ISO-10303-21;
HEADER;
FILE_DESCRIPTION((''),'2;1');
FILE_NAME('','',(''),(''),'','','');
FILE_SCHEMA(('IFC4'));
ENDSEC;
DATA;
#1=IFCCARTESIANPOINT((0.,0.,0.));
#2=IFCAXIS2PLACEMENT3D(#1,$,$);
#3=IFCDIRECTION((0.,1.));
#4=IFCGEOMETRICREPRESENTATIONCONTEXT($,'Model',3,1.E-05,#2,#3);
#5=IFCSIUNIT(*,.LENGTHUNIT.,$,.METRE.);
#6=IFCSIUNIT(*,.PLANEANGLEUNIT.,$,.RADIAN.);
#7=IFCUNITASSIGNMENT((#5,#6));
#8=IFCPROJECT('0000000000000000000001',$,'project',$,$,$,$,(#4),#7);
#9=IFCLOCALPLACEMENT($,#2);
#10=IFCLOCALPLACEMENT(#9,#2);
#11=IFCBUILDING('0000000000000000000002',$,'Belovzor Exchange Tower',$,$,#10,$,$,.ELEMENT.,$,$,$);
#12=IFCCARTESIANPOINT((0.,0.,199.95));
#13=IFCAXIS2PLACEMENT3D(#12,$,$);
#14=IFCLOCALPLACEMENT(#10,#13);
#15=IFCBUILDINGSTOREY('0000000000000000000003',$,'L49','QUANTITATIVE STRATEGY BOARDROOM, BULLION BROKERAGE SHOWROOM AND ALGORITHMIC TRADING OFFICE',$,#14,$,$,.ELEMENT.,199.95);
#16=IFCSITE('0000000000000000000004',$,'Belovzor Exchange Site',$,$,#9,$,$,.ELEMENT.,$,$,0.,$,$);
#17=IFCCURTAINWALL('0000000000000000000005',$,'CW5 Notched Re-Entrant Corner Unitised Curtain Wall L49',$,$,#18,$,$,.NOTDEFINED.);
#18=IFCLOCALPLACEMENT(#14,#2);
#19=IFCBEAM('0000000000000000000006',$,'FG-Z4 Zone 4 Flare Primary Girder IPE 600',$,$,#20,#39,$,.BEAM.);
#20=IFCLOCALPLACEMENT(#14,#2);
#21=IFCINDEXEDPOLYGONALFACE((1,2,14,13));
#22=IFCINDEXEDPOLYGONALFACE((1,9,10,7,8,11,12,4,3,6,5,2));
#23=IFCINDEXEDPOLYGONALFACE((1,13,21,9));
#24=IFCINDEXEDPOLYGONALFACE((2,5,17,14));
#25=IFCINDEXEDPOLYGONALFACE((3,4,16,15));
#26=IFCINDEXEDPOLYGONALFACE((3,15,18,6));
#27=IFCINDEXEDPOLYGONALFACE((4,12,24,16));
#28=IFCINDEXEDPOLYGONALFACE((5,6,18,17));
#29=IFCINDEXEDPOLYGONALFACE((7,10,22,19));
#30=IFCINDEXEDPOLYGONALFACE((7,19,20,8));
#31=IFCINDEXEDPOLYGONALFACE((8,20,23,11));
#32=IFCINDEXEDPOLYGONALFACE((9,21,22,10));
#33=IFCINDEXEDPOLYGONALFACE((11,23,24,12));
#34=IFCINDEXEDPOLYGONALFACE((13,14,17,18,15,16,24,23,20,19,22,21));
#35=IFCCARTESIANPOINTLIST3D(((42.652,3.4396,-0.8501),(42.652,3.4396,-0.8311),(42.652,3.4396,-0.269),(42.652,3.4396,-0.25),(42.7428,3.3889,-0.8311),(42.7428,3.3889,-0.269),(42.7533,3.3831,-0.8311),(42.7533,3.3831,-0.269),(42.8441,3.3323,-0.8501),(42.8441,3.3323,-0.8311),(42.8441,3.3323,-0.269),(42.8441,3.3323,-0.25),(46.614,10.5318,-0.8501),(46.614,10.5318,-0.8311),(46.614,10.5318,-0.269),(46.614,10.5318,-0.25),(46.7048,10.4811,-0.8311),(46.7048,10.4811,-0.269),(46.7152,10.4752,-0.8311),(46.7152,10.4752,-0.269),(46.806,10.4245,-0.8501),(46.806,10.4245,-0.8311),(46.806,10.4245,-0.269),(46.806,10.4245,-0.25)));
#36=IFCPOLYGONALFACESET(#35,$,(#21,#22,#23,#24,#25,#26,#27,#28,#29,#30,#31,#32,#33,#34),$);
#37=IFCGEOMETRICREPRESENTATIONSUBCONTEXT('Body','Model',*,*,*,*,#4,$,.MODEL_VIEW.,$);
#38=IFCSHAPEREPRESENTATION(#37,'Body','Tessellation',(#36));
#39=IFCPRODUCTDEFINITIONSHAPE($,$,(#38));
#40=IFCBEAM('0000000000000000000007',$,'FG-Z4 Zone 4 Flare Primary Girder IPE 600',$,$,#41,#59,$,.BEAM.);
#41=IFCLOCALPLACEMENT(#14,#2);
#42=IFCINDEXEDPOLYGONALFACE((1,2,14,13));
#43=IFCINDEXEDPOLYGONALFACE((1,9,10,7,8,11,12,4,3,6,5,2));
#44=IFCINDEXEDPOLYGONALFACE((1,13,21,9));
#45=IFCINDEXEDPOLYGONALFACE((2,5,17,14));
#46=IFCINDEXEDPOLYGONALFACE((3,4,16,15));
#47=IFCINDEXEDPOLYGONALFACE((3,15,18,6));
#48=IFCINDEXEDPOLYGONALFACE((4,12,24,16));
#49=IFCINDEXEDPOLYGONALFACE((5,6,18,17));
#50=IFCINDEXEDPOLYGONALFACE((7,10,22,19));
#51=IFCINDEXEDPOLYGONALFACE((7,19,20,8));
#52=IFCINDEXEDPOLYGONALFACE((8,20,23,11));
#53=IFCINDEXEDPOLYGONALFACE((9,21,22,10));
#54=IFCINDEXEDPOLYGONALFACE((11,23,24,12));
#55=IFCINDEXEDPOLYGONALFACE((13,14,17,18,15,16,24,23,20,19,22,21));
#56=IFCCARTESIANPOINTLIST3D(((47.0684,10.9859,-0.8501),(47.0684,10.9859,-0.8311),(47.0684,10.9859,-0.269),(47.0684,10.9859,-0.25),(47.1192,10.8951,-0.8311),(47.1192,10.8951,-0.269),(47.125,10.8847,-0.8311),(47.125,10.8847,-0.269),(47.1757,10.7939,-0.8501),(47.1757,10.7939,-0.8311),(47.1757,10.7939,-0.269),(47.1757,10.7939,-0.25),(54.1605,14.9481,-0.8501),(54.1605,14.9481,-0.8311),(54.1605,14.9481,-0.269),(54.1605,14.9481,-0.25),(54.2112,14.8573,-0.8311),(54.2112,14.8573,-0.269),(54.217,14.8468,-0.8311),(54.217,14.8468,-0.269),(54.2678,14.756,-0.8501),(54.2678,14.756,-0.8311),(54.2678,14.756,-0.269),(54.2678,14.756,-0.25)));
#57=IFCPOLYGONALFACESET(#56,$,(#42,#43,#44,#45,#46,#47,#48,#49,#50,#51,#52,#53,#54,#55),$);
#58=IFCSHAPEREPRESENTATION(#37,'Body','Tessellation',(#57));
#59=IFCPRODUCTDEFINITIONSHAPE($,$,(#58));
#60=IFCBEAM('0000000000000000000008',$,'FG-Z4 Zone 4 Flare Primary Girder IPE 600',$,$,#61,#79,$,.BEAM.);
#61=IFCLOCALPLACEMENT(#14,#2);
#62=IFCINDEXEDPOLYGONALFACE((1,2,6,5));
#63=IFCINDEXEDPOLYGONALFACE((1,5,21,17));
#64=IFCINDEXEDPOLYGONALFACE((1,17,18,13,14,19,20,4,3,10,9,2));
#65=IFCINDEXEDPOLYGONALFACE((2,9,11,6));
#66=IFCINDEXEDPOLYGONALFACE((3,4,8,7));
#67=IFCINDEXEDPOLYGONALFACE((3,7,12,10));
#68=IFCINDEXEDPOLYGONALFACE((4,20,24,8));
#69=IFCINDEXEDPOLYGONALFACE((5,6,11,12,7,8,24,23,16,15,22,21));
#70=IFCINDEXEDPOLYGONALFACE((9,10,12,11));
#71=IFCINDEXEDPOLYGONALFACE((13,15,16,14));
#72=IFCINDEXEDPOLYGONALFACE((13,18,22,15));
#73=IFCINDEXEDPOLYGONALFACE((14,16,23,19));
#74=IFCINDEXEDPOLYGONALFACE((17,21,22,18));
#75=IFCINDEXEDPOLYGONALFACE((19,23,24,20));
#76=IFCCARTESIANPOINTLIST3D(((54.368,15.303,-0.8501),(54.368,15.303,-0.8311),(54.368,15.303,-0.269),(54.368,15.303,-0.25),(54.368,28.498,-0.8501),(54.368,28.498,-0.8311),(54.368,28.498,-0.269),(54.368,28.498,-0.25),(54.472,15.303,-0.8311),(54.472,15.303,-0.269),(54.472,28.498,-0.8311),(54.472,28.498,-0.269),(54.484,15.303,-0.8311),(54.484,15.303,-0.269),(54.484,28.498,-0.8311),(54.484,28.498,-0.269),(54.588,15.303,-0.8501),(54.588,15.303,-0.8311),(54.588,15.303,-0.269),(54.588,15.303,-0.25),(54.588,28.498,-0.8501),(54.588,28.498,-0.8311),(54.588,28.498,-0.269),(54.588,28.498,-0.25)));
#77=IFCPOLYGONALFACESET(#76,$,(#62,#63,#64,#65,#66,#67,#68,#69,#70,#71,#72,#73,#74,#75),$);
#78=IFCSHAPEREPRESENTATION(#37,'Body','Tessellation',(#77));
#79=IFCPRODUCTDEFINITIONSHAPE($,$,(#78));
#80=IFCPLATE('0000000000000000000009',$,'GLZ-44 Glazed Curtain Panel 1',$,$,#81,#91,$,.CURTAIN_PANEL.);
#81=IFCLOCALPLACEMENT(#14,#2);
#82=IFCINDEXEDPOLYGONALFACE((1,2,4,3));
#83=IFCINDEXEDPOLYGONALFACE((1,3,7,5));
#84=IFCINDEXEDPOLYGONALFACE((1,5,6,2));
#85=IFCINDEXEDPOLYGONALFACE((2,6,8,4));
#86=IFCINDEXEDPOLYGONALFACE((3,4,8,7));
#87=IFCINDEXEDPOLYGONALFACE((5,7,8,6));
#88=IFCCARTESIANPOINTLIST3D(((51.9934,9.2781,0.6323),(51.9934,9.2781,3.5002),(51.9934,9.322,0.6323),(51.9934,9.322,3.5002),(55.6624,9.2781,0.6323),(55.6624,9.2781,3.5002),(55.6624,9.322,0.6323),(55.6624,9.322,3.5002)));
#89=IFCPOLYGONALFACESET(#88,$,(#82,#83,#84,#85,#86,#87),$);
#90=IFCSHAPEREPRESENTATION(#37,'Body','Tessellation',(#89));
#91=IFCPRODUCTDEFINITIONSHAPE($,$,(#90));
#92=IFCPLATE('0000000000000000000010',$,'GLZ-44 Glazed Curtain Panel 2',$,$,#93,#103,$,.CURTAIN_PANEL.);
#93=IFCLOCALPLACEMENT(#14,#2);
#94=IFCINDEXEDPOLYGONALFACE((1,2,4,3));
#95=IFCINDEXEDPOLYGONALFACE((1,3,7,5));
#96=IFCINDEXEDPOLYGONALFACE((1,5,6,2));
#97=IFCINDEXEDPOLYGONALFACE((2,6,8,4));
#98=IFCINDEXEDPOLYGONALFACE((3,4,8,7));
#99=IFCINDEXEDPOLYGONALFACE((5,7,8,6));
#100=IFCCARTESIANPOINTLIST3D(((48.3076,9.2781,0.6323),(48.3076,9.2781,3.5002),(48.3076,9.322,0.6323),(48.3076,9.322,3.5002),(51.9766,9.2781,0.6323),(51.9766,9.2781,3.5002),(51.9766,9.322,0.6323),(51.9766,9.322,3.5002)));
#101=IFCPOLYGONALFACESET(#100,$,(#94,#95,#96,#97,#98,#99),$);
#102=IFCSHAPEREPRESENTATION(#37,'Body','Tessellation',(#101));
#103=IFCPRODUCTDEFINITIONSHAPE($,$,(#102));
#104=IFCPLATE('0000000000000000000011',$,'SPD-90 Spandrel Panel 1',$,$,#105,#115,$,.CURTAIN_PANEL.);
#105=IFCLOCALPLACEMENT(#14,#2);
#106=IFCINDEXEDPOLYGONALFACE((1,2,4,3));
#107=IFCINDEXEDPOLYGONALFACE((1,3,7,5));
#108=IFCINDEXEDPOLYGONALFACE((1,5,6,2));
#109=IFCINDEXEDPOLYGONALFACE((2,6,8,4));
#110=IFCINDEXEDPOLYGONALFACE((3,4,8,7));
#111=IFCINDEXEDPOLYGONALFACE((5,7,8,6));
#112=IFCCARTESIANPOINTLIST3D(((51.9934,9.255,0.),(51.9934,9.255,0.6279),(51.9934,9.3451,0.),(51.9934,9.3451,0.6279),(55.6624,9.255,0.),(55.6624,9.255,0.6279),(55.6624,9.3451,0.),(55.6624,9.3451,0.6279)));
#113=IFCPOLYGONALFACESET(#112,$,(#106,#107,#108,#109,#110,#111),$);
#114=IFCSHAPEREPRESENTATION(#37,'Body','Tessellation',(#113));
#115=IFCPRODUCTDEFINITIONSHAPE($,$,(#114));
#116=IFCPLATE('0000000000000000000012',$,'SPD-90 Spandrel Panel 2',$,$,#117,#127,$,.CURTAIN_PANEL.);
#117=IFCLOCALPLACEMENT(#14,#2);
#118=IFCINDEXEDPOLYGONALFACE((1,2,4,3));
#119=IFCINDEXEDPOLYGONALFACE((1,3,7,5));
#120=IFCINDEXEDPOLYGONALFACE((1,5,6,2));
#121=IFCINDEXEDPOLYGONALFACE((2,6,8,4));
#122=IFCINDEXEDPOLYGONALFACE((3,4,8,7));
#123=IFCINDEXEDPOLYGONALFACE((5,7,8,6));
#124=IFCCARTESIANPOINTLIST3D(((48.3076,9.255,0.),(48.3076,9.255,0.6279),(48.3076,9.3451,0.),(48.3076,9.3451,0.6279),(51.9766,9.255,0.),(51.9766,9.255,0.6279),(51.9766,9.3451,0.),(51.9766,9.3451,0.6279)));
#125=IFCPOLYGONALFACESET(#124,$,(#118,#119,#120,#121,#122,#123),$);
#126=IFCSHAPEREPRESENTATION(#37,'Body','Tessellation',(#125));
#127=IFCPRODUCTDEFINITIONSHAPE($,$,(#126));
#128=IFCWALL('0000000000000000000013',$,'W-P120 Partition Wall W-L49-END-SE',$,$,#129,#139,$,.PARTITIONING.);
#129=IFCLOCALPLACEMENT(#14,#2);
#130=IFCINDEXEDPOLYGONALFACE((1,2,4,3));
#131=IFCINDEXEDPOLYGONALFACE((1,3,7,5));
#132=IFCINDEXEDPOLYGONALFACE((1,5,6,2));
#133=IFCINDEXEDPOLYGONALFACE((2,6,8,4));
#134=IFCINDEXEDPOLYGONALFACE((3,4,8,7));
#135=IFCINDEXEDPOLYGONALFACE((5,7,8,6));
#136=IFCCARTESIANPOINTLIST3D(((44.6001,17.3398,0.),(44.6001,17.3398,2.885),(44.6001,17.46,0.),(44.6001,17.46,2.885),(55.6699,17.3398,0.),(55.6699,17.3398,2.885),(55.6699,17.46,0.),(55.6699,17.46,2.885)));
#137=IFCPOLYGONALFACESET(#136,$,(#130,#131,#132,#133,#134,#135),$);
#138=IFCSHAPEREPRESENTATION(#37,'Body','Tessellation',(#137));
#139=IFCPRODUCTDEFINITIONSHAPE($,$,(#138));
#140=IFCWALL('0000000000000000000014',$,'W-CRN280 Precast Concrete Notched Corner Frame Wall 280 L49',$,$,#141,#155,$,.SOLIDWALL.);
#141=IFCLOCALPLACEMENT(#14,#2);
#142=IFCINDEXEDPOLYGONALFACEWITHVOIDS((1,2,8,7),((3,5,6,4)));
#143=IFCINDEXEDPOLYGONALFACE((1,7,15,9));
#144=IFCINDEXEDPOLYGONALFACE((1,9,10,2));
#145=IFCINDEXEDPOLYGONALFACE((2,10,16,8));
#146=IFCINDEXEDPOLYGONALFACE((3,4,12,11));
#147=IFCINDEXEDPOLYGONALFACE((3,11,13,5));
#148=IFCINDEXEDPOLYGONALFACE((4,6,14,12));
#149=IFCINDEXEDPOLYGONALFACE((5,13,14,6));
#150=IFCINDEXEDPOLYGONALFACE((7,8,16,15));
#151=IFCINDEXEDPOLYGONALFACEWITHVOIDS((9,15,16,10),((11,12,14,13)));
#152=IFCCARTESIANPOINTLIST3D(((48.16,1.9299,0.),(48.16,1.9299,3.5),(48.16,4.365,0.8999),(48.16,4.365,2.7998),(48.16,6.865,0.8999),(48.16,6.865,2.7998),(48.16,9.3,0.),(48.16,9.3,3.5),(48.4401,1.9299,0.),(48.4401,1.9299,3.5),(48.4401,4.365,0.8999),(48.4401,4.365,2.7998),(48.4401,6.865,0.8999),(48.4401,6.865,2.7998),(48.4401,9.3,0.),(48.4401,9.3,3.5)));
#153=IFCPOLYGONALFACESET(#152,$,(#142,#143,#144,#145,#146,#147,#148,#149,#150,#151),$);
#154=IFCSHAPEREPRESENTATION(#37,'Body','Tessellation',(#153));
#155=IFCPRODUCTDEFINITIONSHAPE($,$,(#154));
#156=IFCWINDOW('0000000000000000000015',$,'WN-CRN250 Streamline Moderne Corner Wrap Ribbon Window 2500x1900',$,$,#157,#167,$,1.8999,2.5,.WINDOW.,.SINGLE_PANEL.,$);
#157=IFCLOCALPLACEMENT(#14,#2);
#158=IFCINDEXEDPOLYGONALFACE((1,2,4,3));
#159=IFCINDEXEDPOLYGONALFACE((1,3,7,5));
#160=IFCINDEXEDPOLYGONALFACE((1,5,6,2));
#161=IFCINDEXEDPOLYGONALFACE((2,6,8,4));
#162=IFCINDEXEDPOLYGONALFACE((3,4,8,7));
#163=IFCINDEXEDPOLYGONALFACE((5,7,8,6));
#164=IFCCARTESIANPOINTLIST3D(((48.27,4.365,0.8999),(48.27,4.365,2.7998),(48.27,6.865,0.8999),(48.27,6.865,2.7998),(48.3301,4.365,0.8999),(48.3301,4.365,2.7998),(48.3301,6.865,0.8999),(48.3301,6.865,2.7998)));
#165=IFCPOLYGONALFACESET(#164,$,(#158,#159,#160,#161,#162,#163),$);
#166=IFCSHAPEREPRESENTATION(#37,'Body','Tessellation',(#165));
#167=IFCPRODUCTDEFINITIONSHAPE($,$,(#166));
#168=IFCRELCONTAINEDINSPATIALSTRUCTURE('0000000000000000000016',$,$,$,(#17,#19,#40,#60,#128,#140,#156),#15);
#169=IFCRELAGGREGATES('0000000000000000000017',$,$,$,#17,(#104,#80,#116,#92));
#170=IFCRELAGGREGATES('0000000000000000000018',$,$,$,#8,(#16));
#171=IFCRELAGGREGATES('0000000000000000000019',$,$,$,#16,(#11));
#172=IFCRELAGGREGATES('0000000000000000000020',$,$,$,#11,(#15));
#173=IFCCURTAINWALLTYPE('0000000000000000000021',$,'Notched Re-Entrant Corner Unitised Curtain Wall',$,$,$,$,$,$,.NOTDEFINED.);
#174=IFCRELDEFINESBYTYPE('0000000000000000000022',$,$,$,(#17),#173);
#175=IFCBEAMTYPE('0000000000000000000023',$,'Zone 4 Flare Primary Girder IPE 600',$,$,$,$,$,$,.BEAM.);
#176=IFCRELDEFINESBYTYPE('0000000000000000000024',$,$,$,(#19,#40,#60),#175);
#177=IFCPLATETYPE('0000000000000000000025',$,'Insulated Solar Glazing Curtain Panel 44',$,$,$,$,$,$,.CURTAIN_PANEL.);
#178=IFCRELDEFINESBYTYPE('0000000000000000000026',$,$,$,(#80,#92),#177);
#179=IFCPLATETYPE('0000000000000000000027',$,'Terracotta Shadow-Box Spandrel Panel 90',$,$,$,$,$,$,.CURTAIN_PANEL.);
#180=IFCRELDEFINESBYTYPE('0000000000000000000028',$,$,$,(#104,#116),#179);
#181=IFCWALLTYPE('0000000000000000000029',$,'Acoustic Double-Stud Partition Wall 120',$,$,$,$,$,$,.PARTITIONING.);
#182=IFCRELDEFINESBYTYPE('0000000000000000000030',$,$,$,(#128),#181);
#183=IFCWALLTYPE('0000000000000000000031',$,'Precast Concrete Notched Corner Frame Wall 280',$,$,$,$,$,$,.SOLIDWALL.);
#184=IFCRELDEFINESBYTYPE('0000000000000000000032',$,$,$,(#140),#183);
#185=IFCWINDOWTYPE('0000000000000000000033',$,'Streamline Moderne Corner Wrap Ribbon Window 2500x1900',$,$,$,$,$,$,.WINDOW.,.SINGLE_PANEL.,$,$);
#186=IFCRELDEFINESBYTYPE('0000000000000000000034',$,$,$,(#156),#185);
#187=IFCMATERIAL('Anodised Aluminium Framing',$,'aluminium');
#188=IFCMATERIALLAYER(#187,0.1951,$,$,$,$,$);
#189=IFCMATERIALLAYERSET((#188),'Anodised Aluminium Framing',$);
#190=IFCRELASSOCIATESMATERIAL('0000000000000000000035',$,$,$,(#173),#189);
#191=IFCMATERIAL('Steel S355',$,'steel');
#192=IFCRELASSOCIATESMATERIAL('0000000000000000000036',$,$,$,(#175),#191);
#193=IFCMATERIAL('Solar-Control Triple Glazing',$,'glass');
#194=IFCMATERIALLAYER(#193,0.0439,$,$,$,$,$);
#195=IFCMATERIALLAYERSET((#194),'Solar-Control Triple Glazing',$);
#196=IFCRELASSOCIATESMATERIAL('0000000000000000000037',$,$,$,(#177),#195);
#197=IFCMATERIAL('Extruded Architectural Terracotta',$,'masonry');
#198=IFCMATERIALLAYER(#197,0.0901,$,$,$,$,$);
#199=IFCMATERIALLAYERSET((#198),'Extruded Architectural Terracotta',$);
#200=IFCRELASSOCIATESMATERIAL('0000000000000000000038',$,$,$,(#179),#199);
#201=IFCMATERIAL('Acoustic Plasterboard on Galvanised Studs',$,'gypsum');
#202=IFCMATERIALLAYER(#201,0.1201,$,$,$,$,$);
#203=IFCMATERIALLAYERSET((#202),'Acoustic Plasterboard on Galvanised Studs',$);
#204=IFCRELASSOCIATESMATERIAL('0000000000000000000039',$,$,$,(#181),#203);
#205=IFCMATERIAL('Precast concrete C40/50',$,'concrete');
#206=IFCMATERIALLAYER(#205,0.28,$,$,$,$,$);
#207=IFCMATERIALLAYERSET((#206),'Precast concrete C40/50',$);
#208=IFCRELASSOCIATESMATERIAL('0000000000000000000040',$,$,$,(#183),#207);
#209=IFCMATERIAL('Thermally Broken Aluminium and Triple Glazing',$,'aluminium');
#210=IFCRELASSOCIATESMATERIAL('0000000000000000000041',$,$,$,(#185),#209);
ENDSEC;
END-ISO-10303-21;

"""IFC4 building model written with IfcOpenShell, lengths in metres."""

from ifc_helpers import new_model, si_unit, direction, frame, frame_2d, origin, origin_2d, place, context, subcontext, project, spatial, rectangle, i_section, extrude, material, layer, layer_set, material_profile, profile_set, type_object, element, fill, aggregate, save


model = new_model("IFC4")

# Units and contexts
model_context = context("Model", 3, precision=1e-05, world=origin(), true_north=direction((0.0, 1.0)))
body_context = subcontext(model_context, "Body", "Model", "MODEL_VIEW")
ifc_project = project(units=[si_unit("LENGTHUNIT", "METRE"), si_unit("PLANEANGLEUNIT", "RADIAN")], contexts=[model_context])

# Site, building, storey
site_placement = place(None, origin())
site = spatial("IfcSite", under=ifc_project, at=site_placement, Name="Belovzor Exchange Site", CompositionType="ELEMENT", RefElevation=0.0)
building_placement = place(site_placement, origin())
building = spatial("IfcBuilding", under=site, at=building_placement, Name="Belovzor Exchange Tower", CompositionType="ELEMENT")
storey_placement = place(building_placement, frame((0.0, 0.0, 199.95)))
storey = spatial("IfcBuildingStorey", under=building, at=storey_placement, Name="L49", Description="QUANTITATIVE STRATEGY BOARDROOM, BULLION BROKERAGE SHOWROOM AND ALGORITHMIC TRADING OFFICE", CompositionType="ELEMENT", Elevation=199.95)

# Curtain wall
ifc_material_1 = material(Name="Anodised Aluminium Framing", Category="aluminium")
ifc_layer_1 = layer(ifc_material_1, 0.1951)
ifc_layer_set_1 = layer_set([ifc_layer_1], Name="Anodised Aluminium Framing")
curtain_wall_type = type_object("IfcCurtainWallType", Name="Notched Re-Entrant Corner Unitised Curtain Wall", PredefinedType="NOTDEFINED", material=ifc_layer_set_1)
curtain_wall_placement = place(storey_placement, origin())
curtain_wall = element("IfcCurtainWall", 1, at=curtain_wall_placement, inside=storey, type_object=curtain_wall_type, Name="CW5 Notched Re-Entrant Corner Unitised Curtain Wall L49", PredefinedType="NOTDEFINED")

# Beams
ifc_material_2 = material(Name="Steel S355", Category="steel")
ifc_material_profile_1 = material_profile(ifc_material_2, i_section(OverallWidth=0.22, OverallDepth=0.6001, WebThickness=0.012, FlangeThickness=0.019, at=origin_2d()))
ifc_profile_set_1 = profile_set([ifc_material_profile_1], Name="Steel S355")
beam_type_1 = type_object("IfcBeamType", Name="Zone 4 Flare Primary Girder IPE 600", PredefinedType="BEAM", material=ifc_profile_set_1)
for number, where, z_axis, x_axis, name in (
    (2, (42.748, 3.386, -0.55), (0.487701, 0.873011, 0.0), (-0.873011, 0.487701, 0.0), "FG-Z4 Zone 4 Flare Primary Girder IPE 600"),
    (3, (47.1221, 10.8899, -0.55), (0.872998, 0.487724, 0.0), (-0.487724, 0.872998, 0.0), "FG-Z4 Zone 4 Flare Primary Girder IPE 600"),
):
    element("IfcBeam", number, at=place(storey_placement, frame(where, z_axis=z_axis, x_axis=x_axis)), inside=storey, type_object=beam_type_1, Name=name, PredefinedType="BEAM", context=body_context, shape_type="SweptSolid", body=[
        extrude(i_section(OverallWidth=0.22, OverallDepth=0.6001, WebThickness=0.012, FlangeThickness=0.019, at=origin_2d()), origin(), (0.0, 0.0, 1.0), 8.1238),
    ])
beam_1_placement = place(storey_placement, frame((54.478, 15.303, -0.55), z_axis=(0.0, 1.0, 0.0), x_axis=(-1.0, 0.0, 0.0)))
element("IfcBeam", 4, at=beam_1_placement, inside=storey, type_object=beam_type_1, Name="FG-Z4 Zone 4 Flare Primary Girder IPE 600", PredefinedType="BEAM", context=body_context, shape_type="SweptSolid", body=[
    extrude(i_section(OverallWidth=0.22, OverallDepth=0.6001, WebThickness=0.012, FlangeThickness=0.019, at=origin_2d()), origin(), (0.0, 0.0, 1.0), 13.1951),
])

# Plates
ifc_material_3 = material(Name="Solar-Control Triple Glazing", Category="glass")
ifc_layer_2 = layer(ifc_material_3, 0.0439)
ifc_layer_set_2 = layer_set([ifc_layer_2], Name="Solar-Control Triple Glazing")
plate_type_1 = type_object("IfcPlateType", Name="Insulated Solar Glazing Curtain Panel 44", PredefinedType="CURTAIN_PANEL", material=ifc_layer_set_2)
plate_1_placement = place(storey_placement, frame((53.8279, 9.3, 0.6323), z_axis=(0.0, 0.0, 1.0), x_axis=(-1.0, 0.0, 0.0)))
plate_1 = element("IfcPlate", 5, at=plate_1_placement, type_object=plate_type_1, Name="GLZ-44 Glazed Curtain Panel 1", PredefinedType="CURTAIN_PANEL", context=body_context, shape_type="SweptSolid", body=[
    extrude(rectangle(XDim=3.6689, YDim=0.0439, at=origin_2d()), origin(), (0.0, 0.0, 1.0), 2.8679),
])
plate_2_placement = place(storey_placement, frame((50.1421, 9.3, 0.6323), z_axis=(0.0, 0.0, 1.0), x_axis=(-1.0, 0.0, 0.0)))
plate_2 = element("IfcPlate", 6, at=plate_2_placement, type_object=plate_type_1, Name="GLZ-44 Glazed Curtain Panel 2", PredefinedType="CURTAIN_PANEL", context=body_context, shape_type="SweptSolid", body=[
    extrude(rectangle(XDim=3.6689, YDim=0.0439, at=origin_2d()), origin(), (0.0, 0.0, 1.0), 2.8679),
])
ifc_material_4 = material(Name="Extruded Architectural Terracotta", Category="masonry")
ifc_layer_3 = layer(ifc_material_4, 0.0901)
ifc_layer_set_3 = layer_set([ifc_layer_3], Name="Extruded Architectural Terracotta")
plate_type_2 = type_object("IfcPlateType", Name="Terracotta Shadow-Box Spandrel Panel 90", PredefinedType="CURTAIN_PANEL", material=ifc_layer_set_3)
plate_3_placement = place(storey_placement, frame((53.8279, 9.3, 0.0), z_axis=(0.0, 0.0, 1.0), x_axis=(-1.0, 0.0, 0.0)))
plate_3 = element("IfcPlate", 7, at=plate_3_placement, type_object=plate_type_2, Name="SPD-90 Spandrel Panel 1", PredefinedType="CURTAIN_PANEL", context=body_context, shape_type="SweptSolid", body=[
    extrude(rectangle(XDim=3.6689, YDim=0.0901, at=origin_2d()), origin(), (0.0, 0.0, 1.0), 0.6279),
])
plate_4_placement = place(storey_placement, frame((50.1421, 9.3, 0.0), z_axis=(0.0, 0.0, 1.0), x_axis=(-1.0, 0.0, 0.0)))
plate_4 = element("IfcPlate", 8, at=plate_4_placement, type_object=plate_type_2, Name="SPD-90 Spandrel Panel 2", PredefinedType="CURTAIN_PANEL", context=body_context, shape_type="SweptSolid", body=[
    extrude(rectangle(XDim=3.6689, YDim=0.0901, at=origin_2d()), origin(), (0.0, 0.0, 1.0), 0.6279),
])
aggregate(curtain_wall, [plate_3, plate_1, plate_4, plate_2])

# Wall
ifc_material_5 = material(Name="Acoustic Plasterboard on Galvanised Studs", Category="gypsum")
ifc_layer_4 = layer(ifc_material_5, 0.1201)
ifc_layer_set_4 = layer_set([ifc_layer_4], Name="Acoustic Plasterboard on Galvanised Studs")
wall_type_1 = type_object("IfcWallType", Name="Acoustic Double-Stud Partition Wall 120", PredefinedType="PARTITIONING", material=ifc_layer_set_4)
wall_1_placement = place(storey_placement, frame((44.6001, 17.3999, 0.0), z_axis=(0.0, 0.0, 1.0), x_axis=(1.0, 0.0, 0.0)))
element("IfcWall", 9, at=wall_1_placement, inside=storey, type_object=wall_type_1, Name="W-P120 Partition Wall W-L49-END-SE", PredefinedType="PARTITIONING", context=body_context, shape_type="SweptSolid", body=[
    extrude(rectangle(XDim=11.0698, YDim=0.1201, at=frame_2d((5.5349, 0.0))), origin(), (0.0, 0.0, 1.0), 2.885),
])

# Wall, opening, window
ifc_material_6 = material(Name="Precast concrete C40/50", Category="concrete")
ifc_layer_5 = layer(ifc_material_6, 0.28)
ifc_layer_set_5 = layer_set([ifc_layer_5], Name="Precast concrete C40/50")
wall_type_2 = type_object("IfcWallType", Name="Precast Concrete Notched Corner Frame Wall 280", PredefinedType="SOLIDWALL", material=ifc_layer_set_5)
wall_2_placement = place(storey_placement, frame((48.3, 9.3, 0.0), z_axis=(0.0, 0.0, 1.0), x_axis=(0.0, -1.0, 0.0)))
wall_2 = element("IfcWall", 10, at=wall_2_placement, inside=storey, type_object=wall_type_2, Name="W-CRN280 Precast Concrete Notched Corner Frame Wall 280 L49", PredefinedType="SOLIDWALL", context=body_context, shape_type="SweptSolid", body=[
    extrude(rectangle(XDim=7.3701, YDim=0.28, at=frame_2d((3.6851, 0.0))), origin(), (0.0, 0.0, 1.0), 3.5),
])
opening_1_placement = place(wall_2_placement, frame((2.4351, 0.0, 0.8999)))
opening_1 = element("IfcOpeningElement", 11, at=opening_1_placement, cuts=wall_2, PredefinedType="OPENING", context=body_context, shape_type="SweptSolid", body=[
    extrude(rectangle(XDim=2.5, YDim=1.8999, at=frame_2d((1.25, 0.95))), frame((0.0, 0.1499, 0.0), z_axis=(0.0, -1.0, 0.0), x_axis=(1.0, 0.0, 0.0)), (0.0, 0.0, 1.0), 0.3),
])
ifc_material_7 = material(Name="Thermally Broken Aluminium and Triple Glazing", Category="aluminium")
window_type = type_object("IfcWindowType", Name="Streamline Moderne Corner Wrap Ribbon Window 2500x1900", PartitioningType="SINGLE_PANEL", PredefinedType="WINDOW", material=ifc_material_7)
window_placement = place(opening_1_placement, origin())
window = element("IfcWindow", 12, at=window_placement, inside=storey, type_object=window_type, Name="WN-CRN250 Streamline Moderne Corner Wrap Ribbon Window 2500x1900", OverallHeight=1.8999, OverallWidth=2.5, PartitioningType="SINGLE_PANEL", PredefinedType="WINDOW", context=body_context, shape_type="SweptSolid", body=[
    extrude(rectangle(XDim=2.5, YDim=1.8999, at=frame_2d((1.25, 0.95))), frame((0.0, 0.03, 0.0), z_axis=(0.0, -1.0, 0.0), x_axis=(1.0, 0.0, 0.0)), (0.0, 0.0, 1.0), 0.0601),
])
fill(opening_1, window)

save(model, "model.ifc")
